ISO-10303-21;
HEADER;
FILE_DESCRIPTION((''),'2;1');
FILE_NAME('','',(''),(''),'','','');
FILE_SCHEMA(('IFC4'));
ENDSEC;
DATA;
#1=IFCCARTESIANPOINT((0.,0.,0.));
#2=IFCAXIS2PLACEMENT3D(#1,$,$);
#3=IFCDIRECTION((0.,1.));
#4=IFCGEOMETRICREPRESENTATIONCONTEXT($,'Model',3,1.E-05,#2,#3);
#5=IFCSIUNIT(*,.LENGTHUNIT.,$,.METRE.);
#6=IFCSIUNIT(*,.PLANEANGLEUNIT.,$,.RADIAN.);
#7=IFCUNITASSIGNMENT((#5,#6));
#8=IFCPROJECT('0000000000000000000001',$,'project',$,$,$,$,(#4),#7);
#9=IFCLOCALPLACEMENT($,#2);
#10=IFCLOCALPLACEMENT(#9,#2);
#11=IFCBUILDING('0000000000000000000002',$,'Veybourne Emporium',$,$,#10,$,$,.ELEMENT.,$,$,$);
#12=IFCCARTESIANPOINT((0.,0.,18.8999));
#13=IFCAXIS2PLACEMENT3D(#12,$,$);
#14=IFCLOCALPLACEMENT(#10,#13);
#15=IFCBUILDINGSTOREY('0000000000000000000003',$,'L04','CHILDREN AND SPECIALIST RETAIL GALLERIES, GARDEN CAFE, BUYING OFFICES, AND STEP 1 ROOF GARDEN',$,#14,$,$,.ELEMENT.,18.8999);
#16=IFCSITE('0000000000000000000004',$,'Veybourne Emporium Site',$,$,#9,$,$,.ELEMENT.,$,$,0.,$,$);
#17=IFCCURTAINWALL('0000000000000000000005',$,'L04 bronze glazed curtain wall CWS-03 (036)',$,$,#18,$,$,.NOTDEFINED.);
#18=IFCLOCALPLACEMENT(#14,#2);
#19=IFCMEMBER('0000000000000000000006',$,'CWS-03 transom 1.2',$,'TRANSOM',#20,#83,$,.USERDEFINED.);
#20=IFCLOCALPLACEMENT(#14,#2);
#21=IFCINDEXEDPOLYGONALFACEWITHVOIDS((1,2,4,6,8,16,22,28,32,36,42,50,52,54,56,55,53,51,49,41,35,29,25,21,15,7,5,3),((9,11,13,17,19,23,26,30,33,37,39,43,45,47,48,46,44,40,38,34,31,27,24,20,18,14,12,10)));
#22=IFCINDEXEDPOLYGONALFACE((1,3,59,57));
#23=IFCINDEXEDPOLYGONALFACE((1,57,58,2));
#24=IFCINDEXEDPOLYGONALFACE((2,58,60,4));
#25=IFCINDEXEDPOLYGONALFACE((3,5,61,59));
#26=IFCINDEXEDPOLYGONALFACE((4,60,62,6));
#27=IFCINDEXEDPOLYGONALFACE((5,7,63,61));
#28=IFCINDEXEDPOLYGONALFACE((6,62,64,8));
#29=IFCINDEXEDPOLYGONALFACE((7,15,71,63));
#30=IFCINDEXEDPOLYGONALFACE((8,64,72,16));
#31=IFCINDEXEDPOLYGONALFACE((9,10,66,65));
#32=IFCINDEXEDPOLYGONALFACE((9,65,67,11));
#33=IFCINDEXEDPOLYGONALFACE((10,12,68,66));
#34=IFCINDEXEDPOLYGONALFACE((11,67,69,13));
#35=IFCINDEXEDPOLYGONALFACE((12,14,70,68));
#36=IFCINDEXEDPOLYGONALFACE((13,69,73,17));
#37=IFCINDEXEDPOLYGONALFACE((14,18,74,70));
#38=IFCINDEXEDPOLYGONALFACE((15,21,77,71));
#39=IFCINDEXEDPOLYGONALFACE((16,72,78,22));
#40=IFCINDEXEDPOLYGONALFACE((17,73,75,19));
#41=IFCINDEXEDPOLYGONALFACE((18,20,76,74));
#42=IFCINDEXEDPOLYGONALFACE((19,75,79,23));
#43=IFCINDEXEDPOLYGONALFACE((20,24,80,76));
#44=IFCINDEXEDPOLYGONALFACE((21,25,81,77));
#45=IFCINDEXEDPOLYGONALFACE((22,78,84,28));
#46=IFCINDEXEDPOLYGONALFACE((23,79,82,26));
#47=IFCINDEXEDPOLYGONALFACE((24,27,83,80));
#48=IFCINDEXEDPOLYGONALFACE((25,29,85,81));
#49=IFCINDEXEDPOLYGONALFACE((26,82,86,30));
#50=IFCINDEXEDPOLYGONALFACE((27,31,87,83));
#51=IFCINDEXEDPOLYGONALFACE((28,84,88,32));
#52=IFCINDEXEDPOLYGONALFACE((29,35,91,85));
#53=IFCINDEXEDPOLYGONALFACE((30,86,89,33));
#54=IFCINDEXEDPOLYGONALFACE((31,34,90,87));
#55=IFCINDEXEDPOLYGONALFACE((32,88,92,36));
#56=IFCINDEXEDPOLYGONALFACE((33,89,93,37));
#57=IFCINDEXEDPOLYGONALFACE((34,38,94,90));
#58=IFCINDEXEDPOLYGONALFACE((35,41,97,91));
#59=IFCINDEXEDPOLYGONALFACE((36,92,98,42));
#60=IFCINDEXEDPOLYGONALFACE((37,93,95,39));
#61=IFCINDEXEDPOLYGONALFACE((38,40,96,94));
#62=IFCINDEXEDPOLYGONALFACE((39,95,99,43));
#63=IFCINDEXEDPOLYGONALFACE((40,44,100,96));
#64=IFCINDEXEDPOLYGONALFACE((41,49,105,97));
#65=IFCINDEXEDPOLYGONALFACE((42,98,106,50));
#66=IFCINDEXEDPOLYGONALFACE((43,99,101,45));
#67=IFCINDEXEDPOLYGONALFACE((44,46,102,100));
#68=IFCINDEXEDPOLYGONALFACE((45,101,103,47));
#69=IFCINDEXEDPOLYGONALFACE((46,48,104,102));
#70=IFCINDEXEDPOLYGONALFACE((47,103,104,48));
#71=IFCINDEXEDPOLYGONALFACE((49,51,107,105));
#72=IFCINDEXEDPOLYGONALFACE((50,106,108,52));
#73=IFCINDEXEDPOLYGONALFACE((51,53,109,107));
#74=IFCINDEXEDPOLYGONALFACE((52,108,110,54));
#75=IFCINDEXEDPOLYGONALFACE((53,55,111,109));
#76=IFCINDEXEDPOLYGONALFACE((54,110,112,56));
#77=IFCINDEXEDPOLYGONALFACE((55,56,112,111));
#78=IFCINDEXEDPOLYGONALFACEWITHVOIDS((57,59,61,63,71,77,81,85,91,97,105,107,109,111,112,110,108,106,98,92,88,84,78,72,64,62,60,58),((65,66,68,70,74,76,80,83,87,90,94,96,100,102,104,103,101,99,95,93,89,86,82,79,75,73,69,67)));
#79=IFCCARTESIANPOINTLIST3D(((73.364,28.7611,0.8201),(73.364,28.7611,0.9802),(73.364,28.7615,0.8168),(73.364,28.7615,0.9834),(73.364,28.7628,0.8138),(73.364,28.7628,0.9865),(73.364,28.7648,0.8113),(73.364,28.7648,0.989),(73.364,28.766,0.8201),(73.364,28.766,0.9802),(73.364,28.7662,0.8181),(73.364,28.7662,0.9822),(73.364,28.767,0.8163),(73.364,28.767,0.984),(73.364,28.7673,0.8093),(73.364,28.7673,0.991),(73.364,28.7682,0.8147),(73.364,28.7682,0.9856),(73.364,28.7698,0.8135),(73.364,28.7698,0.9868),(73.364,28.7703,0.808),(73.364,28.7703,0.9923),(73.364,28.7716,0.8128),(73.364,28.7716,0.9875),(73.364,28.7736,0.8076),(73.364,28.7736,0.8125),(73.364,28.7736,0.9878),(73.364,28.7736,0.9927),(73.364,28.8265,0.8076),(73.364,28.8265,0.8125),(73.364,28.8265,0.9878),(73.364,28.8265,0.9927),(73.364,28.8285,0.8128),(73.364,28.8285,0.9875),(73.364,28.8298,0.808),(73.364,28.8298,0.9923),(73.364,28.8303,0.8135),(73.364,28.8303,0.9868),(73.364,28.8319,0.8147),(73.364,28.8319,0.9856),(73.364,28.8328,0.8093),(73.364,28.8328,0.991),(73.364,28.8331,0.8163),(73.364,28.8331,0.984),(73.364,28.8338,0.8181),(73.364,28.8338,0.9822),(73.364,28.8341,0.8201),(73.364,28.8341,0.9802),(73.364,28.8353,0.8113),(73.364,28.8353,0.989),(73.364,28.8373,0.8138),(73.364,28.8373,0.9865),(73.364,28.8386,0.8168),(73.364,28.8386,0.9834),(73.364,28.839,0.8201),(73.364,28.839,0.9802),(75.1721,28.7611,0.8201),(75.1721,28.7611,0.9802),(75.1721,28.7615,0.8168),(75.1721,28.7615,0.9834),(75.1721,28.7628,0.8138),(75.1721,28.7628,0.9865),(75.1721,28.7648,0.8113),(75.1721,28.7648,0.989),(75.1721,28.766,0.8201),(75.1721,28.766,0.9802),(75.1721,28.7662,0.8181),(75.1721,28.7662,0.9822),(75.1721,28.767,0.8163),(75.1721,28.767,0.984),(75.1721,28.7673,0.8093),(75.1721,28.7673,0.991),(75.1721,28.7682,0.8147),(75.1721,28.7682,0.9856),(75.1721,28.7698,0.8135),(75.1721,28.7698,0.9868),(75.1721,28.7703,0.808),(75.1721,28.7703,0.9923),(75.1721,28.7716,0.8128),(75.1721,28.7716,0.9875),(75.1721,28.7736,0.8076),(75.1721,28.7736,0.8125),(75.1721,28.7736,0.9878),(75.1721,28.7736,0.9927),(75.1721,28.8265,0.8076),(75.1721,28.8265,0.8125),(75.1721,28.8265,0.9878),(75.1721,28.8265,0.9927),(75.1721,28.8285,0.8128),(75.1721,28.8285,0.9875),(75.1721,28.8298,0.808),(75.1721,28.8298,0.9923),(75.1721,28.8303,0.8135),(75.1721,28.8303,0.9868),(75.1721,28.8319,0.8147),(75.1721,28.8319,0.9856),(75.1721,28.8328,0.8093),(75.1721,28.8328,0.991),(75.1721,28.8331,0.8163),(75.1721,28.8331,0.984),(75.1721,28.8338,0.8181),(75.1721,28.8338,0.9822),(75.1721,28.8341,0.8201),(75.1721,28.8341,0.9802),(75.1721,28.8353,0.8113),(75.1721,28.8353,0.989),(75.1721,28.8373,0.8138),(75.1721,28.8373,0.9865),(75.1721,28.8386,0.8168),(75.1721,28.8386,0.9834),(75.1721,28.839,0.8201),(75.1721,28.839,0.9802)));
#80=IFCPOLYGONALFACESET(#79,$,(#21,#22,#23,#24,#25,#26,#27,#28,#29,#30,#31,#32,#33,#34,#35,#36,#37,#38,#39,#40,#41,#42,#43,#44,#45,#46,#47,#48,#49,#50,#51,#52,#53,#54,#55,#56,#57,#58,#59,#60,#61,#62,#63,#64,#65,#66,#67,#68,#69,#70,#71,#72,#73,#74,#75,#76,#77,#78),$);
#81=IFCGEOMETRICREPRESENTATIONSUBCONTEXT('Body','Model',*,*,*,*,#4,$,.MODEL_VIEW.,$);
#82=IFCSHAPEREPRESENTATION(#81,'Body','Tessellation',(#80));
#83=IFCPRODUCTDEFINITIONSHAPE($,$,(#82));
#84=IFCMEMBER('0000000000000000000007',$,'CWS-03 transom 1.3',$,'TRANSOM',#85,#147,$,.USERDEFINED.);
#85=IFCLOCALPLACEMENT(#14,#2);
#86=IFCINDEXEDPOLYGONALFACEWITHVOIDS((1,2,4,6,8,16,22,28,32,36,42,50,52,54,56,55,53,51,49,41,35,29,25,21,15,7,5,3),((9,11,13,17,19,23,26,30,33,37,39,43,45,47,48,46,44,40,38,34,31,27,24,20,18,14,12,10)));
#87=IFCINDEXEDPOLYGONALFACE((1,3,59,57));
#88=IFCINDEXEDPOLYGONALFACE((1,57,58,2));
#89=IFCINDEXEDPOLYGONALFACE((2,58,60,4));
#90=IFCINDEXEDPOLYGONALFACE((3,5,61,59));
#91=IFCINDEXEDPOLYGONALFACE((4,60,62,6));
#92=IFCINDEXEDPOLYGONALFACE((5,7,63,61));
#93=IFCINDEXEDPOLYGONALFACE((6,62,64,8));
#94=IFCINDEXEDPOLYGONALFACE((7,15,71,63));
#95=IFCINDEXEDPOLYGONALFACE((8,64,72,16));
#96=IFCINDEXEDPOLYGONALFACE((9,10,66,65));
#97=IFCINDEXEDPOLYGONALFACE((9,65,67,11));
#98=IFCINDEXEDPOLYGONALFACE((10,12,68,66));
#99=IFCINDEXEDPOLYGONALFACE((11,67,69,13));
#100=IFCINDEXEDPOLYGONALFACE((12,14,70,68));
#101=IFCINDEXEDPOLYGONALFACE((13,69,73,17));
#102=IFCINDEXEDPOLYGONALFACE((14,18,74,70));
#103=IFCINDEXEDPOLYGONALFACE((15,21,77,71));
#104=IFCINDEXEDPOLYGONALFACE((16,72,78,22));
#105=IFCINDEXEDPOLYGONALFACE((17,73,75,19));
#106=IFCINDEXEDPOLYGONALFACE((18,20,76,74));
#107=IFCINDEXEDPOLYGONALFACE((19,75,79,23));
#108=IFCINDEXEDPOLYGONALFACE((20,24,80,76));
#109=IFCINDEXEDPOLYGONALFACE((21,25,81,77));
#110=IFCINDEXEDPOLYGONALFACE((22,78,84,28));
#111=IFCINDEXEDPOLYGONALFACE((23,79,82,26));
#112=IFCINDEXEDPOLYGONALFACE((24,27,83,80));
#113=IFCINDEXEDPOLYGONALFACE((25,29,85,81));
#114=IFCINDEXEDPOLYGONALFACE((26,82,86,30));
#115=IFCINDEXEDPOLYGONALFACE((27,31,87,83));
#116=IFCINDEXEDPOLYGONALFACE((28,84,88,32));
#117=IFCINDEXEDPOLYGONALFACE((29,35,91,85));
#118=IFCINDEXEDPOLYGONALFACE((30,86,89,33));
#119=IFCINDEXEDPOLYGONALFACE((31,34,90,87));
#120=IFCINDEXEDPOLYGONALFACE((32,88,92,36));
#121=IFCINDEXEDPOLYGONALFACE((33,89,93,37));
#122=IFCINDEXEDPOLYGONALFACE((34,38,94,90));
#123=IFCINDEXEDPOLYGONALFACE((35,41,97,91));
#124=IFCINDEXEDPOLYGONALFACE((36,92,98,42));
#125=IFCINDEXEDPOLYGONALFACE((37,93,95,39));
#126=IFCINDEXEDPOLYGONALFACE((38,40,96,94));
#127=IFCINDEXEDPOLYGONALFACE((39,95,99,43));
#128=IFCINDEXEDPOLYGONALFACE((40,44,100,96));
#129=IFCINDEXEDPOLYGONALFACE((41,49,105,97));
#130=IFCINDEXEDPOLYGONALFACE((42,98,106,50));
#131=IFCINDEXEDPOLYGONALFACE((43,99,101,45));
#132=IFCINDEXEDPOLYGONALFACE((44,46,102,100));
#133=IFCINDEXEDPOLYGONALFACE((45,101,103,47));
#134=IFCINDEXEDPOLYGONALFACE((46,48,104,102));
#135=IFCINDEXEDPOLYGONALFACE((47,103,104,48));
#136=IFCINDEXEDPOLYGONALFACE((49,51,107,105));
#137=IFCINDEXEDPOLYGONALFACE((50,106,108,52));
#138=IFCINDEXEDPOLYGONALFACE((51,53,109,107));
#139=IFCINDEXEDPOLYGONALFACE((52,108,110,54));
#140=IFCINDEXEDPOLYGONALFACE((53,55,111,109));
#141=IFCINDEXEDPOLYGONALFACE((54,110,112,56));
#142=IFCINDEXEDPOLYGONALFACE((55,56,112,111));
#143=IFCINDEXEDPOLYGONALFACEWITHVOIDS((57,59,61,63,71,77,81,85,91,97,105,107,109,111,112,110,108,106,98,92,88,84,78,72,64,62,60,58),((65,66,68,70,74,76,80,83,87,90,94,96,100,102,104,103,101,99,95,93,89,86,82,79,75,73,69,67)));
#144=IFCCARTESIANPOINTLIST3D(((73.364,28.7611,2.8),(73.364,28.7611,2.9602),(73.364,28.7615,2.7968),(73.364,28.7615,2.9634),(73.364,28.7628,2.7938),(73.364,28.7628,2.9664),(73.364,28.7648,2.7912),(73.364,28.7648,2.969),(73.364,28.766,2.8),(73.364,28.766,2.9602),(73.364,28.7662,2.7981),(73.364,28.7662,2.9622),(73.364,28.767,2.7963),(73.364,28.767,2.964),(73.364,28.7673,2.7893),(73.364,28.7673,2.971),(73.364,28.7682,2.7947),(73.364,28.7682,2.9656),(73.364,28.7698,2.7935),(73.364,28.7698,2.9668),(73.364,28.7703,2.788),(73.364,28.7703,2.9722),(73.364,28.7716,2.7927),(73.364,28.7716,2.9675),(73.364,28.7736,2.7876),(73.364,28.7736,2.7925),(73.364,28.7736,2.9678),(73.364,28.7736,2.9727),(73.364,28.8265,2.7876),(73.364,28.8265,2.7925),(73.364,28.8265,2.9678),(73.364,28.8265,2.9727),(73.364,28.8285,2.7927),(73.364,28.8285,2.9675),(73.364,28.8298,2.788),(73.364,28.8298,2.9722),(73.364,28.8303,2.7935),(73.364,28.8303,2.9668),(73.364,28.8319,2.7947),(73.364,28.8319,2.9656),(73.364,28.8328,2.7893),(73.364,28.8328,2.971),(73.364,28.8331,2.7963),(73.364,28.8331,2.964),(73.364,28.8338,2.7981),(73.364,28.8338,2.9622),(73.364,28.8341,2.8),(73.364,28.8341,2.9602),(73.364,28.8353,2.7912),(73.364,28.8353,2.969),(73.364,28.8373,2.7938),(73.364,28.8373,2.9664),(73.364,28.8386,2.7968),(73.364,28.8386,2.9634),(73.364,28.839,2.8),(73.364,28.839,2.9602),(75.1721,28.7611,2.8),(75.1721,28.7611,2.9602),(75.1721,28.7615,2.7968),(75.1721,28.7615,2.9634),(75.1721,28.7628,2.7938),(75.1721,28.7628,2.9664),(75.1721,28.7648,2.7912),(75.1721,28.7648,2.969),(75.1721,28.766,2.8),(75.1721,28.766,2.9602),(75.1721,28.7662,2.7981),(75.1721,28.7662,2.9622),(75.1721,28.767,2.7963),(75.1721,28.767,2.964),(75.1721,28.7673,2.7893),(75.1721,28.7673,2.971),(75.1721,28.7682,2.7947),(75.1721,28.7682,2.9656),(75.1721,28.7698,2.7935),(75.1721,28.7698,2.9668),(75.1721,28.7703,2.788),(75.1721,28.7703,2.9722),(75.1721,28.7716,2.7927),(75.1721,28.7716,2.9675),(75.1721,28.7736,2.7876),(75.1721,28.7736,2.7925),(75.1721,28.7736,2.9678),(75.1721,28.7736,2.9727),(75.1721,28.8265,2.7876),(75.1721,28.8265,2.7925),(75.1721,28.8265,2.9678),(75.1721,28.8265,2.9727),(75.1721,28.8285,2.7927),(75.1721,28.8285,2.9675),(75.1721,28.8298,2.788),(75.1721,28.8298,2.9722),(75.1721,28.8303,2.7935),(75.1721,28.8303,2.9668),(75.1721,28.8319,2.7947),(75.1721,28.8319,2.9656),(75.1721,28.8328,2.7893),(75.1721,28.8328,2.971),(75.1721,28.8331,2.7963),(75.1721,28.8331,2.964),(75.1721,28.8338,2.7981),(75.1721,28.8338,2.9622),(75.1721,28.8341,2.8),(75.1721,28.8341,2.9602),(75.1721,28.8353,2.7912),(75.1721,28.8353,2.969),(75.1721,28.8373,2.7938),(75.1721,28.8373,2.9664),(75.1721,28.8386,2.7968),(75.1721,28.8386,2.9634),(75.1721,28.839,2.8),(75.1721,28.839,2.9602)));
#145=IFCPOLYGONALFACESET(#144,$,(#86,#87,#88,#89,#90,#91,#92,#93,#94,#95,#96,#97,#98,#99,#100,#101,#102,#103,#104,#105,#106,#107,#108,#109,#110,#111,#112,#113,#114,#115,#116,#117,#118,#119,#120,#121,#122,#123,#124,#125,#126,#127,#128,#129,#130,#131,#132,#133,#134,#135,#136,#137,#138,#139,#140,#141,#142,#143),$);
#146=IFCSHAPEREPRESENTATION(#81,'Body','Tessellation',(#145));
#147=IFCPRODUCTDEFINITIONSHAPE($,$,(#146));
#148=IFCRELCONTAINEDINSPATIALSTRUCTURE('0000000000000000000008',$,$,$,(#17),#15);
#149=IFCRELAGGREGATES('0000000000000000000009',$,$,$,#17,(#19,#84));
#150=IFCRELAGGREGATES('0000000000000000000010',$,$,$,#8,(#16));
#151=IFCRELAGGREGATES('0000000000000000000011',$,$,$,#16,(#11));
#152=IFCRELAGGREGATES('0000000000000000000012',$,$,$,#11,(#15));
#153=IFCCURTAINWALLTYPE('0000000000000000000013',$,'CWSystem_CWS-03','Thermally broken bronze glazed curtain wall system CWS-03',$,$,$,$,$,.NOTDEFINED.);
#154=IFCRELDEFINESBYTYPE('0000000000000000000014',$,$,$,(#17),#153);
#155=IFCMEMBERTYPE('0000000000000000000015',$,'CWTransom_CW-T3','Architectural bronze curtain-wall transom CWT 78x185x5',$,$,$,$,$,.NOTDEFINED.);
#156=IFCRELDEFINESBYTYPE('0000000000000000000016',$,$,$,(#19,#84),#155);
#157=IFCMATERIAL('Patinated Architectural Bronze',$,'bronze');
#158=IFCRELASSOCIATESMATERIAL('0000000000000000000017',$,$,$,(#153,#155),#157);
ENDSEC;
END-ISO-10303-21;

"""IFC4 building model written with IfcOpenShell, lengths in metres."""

from ifc_helpers import new_model, si_unit, direction, frame, origin, origin_2d, place, context, subcontext, project, spatial, hollow_rectangle, extrude, material, material_profile, profile_set, type_object, element, aggregate, save


model = new_model("IFC4")

# Units and contexts
model_context = context("Model", 3, precision=1e-05, world=origin(), true_north=direction((0.0, 1.0)))
body_context = subcontext(model_context, "Body", "Model", "MODEL_VIEW")
ifc_project = project(units=[si_unit("LENGTHUNIT", "METRE"), si_unit("PLANEANGLEUNIT", "RADIAN")], contexts=[model_context])

# Site, building, storey
site_placement = place(None, origin())
site = spatial("IfcSite", under=ifc_project, at=site_placement, Name="Veybourne Emporium Site", CompositionType="ELEMENT", RefElevation=0.0)
building_placement = place(site_placement, origin())
building = spatial("IfcBuilding", under=site, at=building_placement, Name="Veybourne Emporium", CompositionType="ELEMENT")
storey_placement = place(building_placement, frame((0.0, 0.0, 18.8999)))
storey = spatial("IfcBuildingStorey", under=building, at=storey_placement, Name="L04", Description="CHILDREN AND SPECIALIST RETAIL GALLERIES, GARDEN CAFE, BUYING OFFICES, AND STEP 1 ROOF GARDEN", CompositionType="ELEMENT", Elevation=18.8999)

# Curtain wall, members
ifc_material_1 = material(Name="Patinated Architectural Bronze", Category="bronze")
curtain_wall_type = type_object("IfcCurtainWallType", Name="CWSystem_CWS-03", Description="Thermally broken bronze glazed curtain wall system CWS-03", PredefinedType="NOTDEFINED", material=ifc_material_1)
curtain_wall_placement = place(storey_placement, origin())
curtain_wall = element("IfcCurtainWall", 1, at=curtain_wall_placement, inside=storey, type_object=curtain_wall_type, Name="L04 bronze glazed curtain wall CWS-03 (036)", PredefinedType="NOTDEFINED")
ifc_material_profile_1 = material_profile(ifc_material_1, hollow_rectangle(XDim=0.0779, YDim=0.1851, WallThickness=0.0049, InnerFilletRadius=0.0076, OuterFilletRadius=0.0125, at=origin_2d()), Name="CWT 78x185x5")
ifc_profile_set_1 = profile_set([ifc_material_profile_1], Name="Patinated Architectural Bronze")
member_type_1 = type_object("IfcMemberType", Name="CWTransom_CW-T3", Description="Architectural bronze curtain-wall transom CWT 78x185x5", PredefinedType="NOTDEFINED", material=ifc_profile_set_1)
member_1_placement = place(storey_placement, frame((75.1721, 28.8, 0.9001), z_axis=(-1.0, 0.0, 0.0), x_axis=(0.0, -1.0, 0.0)))
member_1 = element("IfcMember", 2, at=member_1_placement, type_object=member_type_1, Name="CWS-03 transom 1.2", ObjectType="TRANSOM", PredefinedType="USERDEFINED", context=body_context, shape_type="SweptSolid", body=[
    extrude(hollow_rectangle(XDim=0.0779, YDim=0.1851, WallThickness=0.0049, InnerFilletRadius=0.0076, OuterFilletRadius=0.0125, at=origin_2d()), origin(), (0.0, 0.0, 1.0), 1.8081),
])
member_2_placement = place(storey_placement, frame((75.1721, 28.8, 2.8801), z_axis=(-1.0, 0.0, 0.0), x_axis=(0.0, -1.0, 0.0)))
member_2 = element("IfcMember", 3, at=member_2_placement, type_object=member_type_1, Name="CWS-03 transom 1.3", ObjectType="TRANSOM", PredefinedType="USERDEFINED", context=body_context, shape_type="SweptSolid", body=[
    extrude(hollow_rectangle(XDim=0.0779, YDim=0.1851, WallThickness=0.0049, InnerFilletRadius=0.0076, OuterFilletRadius=0.0125, at=origin_2d()), origin(), (0.0, 0.0, 1.0), 1.8081),
])
aggregate(curtain_wall, [member_1, member_2])

save(model, "model.ifc")
